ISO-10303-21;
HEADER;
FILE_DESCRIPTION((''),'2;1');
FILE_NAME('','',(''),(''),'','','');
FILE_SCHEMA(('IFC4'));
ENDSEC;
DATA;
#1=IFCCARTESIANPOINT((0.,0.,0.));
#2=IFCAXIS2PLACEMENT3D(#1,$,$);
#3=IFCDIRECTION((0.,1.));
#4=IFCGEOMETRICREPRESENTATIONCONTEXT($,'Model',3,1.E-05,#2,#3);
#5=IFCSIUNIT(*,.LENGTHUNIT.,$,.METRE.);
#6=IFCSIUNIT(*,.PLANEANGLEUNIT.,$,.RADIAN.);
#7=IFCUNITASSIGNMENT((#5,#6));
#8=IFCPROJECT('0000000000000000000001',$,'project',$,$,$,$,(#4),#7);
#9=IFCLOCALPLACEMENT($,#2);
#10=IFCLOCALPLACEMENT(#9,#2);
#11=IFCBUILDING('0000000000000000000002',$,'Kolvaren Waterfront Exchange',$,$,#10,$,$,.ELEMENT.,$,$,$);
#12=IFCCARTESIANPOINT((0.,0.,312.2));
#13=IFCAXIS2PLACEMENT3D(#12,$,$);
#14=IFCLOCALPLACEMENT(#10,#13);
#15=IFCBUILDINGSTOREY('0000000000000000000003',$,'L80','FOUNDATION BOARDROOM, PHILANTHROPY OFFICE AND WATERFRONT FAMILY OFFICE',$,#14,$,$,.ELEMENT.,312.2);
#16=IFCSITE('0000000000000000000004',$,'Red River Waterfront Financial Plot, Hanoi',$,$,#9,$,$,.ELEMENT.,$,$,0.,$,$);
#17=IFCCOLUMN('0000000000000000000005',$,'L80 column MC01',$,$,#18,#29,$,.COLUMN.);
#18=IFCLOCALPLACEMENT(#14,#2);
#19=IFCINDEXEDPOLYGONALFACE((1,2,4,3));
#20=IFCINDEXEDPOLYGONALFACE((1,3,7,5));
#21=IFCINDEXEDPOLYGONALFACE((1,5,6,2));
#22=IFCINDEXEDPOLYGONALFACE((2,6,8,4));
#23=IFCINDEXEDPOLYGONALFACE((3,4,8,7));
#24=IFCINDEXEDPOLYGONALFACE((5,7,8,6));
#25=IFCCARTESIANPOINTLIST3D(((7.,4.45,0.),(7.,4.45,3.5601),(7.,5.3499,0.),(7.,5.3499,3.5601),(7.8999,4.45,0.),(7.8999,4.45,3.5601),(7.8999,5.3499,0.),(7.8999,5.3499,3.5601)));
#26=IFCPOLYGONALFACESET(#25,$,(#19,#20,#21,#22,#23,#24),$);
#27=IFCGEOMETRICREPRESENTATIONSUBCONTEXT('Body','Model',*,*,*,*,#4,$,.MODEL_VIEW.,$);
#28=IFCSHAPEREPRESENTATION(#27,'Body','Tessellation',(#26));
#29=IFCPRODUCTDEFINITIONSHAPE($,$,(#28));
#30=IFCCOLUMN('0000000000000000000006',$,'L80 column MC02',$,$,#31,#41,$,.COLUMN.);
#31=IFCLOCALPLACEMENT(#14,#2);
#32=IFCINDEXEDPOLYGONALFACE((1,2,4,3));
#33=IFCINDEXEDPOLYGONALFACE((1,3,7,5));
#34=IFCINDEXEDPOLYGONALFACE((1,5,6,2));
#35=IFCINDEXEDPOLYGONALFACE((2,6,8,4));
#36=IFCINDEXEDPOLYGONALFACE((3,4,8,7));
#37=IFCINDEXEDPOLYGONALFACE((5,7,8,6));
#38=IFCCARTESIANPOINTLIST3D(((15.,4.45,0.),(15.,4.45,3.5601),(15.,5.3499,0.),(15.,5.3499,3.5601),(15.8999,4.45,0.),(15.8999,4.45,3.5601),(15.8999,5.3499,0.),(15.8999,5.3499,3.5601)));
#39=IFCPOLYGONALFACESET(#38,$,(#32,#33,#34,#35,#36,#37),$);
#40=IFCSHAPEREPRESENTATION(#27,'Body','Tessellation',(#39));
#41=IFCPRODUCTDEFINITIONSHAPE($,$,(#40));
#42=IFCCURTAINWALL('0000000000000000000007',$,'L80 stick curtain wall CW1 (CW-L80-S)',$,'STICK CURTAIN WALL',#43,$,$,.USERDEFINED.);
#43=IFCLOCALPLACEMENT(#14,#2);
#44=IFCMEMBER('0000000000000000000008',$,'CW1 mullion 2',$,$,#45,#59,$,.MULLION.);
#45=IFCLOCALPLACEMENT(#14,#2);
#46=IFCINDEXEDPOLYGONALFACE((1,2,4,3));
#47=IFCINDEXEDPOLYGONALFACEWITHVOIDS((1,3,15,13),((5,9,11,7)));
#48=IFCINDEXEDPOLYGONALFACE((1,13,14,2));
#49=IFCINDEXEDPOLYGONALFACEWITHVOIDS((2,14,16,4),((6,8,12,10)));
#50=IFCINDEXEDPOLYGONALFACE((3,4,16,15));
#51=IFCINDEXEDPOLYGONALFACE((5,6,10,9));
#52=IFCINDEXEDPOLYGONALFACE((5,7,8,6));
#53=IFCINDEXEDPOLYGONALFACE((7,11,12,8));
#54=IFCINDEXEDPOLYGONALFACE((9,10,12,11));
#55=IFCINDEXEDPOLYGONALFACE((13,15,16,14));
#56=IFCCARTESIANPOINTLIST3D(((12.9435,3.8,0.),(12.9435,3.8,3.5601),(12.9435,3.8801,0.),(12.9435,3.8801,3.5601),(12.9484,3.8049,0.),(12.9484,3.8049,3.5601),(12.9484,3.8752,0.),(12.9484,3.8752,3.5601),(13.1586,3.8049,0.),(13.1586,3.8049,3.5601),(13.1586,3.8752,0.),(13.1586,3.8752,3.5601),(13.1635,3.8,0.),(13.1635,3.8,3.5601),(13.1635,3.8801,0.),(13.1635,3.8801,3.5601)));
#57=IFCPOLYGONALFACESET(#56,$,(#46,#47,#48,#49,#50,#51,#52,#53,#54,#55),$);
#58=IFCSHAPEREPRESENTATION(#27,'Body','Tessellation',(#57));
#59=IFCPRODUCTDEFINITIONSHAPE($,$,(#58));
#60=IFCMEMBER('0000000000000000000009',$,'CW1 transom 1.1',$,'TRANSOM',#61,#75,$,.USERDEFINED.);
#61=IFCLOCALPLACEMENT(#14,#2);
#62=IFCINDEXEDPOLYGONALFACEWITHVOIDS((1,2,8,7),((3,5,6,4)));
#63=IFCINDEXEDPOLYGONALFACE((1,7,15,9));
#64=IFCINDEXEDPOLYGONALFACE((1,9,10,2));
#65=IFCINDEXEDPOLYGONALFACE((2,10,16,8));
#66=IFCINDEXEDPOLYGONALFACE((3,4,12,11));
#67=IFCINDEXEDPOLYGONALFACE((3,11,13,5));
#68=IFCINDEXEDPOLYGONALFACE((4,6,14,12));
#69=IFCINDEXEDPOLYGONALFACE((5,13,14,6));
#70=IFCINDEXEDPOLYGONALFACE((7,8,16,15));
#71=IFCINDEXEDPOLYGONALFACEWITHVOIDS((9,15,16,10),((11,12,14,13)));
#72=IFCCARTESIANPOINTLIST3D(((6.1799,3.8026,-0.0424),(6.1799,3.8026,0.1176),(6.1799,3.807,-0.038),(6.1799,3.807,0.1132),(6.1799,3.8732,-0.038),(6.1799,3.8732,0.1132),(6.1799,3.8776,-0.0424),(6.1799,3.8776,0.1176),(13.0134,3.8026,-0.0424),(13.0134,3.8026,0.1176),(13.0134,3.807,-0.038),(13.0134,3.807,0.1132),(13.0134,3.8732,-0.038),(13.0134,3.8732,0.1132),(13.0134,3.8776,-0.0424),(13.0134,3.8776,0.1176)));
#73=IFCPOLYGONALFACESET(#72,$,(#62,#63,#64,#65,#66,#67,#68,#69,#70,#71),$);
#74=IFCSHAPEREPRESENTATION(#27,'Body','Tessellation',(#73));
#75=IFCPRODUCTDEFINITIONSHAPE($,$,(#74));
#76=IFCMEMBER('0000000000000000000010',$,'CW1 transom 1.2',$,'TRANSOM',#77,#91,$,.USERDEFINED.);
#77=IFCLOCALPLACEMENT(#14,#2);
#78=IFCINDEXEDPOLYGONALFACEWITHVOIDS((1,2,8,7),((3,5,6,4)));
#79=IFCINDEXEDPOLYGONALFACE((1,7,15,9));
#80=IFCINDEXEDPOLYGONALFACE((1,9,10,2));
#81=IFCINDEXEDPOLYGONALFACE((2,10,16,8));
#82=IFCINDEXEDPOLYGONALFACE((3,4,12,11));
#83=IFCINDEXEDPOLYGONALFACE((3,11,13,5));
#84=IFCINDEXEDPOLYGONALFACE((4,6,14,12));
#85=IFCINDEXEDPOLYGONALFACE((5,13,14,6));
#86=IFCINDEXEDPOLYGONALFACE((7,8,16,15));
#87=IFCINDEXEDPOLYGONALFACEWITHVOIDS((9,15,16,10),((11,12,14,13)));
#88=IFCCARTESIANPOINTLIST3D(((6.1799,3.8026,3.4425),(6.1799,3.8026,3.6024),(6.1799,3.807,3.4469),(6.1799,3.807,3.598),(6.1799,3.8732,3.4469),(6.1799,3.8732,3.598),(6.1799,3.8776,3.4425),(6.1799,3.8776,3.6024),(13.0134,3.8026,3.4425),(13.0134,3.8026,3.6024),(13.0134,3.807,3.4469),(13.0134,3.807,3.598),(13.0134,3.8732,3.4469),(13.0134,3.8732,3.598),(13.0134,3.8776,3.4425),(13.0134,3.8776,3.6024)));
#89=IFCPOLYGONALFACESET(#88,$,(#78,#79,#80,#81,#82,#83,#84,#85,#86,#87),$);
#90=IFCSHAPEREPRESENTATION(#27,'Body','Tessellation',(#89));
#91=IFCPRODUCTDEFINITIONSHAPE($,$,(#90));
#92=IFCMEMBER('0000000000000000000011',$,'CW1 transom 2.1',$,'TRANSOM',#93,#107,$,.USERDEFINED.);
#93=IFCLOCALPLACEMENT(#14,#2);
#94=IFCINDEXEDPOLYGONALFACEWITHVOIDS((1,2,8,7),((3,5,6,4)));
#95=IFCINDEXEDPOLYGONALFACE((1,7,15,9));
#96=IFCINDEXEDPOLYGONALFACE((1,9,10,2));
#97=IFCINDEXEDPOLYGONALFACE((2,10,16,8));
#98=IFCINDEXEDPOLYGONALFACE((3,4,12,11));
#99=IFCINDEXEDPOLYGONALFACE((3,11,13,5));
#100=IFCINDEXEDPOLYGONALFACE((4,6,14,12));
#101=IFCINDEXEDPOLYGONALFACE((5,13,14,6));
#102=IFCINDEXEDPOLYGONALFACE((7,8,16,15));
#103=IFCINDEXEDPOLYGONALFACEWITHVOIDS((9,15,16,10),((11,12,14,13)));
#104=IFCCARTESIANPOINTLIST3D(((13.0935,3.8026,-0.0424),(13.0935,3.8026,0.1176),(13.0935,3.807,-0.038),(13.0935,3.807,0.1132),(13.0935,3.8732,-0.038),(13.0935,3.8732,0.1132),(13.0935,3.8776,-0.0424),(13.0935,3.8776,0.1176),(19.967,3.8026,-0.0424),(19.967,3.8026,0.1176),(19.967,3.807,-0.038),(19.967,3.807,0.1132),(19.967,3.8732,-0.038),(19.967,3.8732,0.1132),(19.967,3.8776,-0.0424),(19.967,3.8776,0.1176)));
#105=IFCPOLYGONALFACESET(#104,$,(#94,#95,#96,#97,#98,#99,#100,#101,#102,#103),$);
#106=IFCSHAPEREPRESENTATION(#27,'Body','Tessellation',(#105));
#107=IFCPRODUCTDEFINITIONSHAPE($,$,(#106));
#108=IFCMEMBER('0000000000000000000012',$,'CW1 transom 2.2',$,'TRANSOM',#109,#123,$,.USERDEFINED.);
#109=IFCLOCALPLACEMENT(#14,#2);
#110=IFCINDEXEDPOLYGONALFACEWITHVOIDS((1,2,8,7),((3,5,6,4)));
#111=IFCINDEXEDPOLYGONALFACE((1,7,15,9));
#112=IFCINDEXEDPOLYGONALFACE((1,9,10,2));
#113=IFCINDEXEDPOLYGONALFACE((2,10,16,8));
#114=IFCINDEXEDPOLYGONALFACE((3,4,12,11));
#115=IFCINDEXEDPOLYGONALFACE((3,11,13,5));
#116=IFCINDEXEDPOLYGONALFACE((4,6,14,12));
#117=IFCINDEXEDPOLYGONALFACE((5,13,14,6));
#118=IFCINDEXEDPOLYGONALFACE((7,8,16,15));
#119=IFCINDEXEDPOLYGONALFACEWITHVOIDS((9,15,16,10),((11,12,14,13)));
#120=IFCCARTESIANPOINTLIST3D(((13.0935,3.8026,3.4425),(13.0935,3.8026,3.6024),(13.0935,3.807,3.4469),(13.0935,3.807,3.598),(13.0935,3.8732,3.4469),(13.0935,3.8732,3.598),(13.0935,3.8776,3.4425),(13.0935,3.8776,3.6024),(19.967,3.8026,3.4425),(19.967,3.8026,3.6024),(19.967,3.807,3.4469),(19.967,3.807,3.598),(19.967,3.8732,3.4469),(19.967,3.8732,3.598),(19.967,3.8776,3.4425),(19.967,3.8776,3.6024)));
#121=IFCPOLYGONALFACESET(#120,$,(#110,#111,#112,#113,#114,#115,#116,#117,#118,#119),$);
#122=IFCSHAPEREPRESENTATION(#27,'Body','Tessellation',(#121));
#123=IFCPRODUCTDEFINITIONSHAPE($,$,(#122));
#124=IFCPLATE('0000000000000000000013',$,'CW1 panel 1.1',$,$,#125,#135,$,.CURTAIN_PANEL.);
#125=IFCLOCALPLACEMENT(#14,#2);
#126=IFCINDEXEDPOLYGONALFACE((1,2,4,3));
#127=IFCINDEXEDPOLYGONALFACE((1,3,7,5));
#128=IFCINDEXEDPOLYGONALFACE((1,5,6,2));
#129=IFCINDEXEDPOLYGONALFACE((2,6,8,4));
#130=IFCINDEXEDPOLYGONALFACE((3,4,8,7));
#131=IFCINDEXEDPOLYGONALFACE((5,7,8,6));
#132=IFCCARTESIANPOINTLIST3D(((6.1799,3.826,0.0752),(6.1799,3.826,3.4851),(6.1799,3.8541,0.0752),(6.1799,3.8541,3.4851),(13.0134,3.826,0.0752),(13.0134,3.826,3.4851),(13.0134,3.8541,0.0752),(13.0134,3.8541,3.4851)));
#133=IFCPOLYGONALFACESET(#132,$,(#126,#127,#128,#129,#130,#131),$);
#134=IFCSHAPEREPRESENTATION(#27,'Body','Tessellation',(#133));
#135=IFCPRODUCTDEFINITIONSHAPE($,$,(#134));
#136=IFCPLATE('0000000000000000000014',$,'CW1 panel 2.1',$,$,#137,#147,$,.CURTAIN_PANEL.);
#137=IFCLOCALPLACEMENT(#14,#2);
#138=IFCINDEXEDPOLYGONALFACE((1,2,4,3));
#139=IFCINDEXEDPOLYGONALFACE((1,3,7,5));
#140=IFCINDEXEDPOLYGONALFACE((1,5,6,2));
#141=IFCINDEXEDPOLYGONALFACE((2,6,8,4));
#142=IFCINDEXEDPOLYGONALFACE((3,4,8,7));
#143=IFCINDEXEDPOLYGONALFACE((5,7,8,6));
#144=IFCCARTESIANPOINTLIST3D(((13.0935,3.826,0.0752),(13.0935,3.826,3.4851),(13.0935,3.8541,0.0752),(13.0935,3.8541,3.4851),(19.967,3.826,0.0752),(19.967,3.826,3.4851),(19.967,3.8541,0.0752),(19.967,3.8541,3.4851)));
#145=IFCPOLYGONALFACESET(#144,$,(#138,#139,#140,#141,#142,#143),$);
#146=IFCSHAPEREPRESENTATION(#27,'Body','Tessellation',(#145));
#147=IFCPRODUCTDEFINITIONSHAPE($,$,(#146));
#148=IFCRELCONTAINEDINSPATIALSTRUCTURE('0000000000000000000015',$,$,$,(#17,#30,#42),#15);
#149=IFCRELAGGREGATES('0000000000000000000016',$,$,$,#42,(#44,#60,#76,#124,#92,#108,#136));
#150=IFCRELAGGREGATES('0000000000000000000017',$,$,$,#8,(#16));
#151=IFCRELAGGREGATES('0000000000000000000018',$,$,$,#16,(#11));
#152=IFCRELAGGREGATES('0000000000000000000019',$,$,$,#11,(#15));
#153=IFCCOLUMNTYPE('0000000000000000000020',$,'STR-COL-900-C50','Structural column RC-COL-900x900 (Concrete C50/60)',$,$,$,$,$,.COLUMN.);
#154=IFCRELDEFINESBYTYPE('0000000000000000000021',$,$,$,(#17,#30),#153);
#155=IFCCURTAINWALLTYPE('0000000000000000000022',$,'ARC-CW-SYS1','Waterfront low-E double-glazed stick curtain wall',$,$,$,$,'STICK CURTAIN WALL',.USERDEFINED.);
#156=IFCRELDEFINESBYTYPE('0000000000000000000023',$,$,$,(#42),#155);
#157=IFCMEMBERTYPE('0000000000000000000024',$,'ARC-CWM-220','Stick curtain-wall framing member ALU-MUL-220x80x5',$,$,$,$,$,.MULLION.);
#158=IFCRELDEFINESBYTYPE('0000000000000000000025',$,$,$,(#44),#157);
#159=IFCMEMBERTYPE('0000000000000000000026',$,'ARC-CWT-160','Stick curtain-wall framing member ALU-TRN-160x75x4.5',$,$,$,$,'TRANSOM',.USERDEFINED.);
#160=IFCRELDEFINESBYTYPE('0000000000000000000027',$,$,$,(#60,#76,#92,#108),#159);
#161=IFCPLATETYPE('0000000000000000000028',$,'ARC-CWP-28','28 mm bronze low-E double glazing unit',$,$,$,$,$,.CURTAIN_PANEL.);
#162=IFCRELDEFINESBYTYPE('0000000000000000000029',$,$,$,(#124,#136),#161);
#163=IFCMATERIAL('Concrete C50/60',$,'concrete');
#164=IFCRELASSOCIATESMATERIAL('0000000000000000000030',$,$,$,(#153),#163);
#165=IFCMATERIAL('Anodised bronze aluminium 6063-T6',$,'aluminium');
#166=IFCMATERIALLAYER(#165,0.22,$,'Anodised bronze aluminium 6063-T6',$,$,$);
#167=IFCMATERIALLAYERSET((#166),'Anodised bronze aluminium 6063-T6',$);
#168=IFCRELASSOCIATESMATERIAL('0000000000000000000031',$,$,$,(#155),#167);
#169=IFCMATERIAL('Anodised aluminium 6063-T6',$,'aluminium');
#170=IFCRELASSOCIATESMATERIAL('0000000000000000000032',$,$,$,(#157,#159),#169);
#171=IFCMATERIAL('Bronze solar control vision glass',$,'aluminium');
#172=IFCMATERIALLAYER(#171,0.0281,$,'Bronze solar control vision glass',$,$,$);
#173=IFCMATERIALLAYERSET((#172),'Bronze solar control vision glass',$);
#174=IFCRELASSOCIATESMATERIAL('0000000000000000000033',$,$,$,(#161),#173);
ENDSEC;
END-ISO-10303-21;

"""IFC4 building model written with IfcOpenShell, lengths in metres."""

from ifc_helpers import new_model, si_unit, direction, frame, origin, origin_with_axes, origin_2d, place, context, subcontext, project, spatial, rectangle, hollow_rectangle, extrude, source, transform, mapped, material, layer, layer_set, material_profile, profile_set, type_object, element, aggregate, save


model = new_model("IFC4")

# Units and contexts
model_context = context("Model", 3, precision=1e-05, world=origin(), true_north=direction((0.0, 1.0)))
body_context = subcontext(model_context, "Body", "Model", "MODEL_VIEW")
ifc_project = project(units=[si_unit("LENGTHUNIT", "METRE"), si_unit("PLANEANGLEUNIT", "RADIAN")], contexts=[model_context])

# Site, building, storey
site_placement = place(None, origin())
site = spatial("IfcSite", under=ifc_project, at=site_placement, Name="Red River Waterfront Financial Plot, Hanoi", CompositionType="ELEMENT", RefElevation=0.0)
building_placement = place(site_placement, origin())
building = spatial("IfcBuilding", under=site, at=building_placement, Name="Kolvaren Waterfront Exchange", CompositionType="ELEMENT")
storey_placement = place(building_placement, frame((0.0, 0.0, 312.2)))
storey = spatial("IfcBuildingStorey", under=building, at=storey_placement, Name="L80", Description="FOUNDATION BOARDROOM, PHILANTHROPY OFFICE AND WATERFRONT FAMILY OFFICE", CompositionType="ELEMENT", Elevation=312.2)

# Columns
ifc_material_1 = material(Name="Concrete C50/60", Category="concrete")
ifc_material_profile_1 = material_profile(ifc_material_1, rectangle(XDim=0.8999, YDim=0.8999, at=origin_2d()), Name="RC-COL-900x900")
ifc_profile_set_1 = profile_set([ifc_material_profile_1], Name="Concrete C50/60")
column_type = type_object("IfcColumnType", Name="STR-COL-900-C50", Description="Structural column RC-COL-900x900 (Concrete C50/60)", PredefinedType="COLUMN", material=ifc_profile_set_1)
for number, where, z_axis, x_axis, name in (
    (1, (7.45, 4.8999, 0.0), (0.0, 0.0, 1.0), (1.0, 0.0, 0.0), "L80 column MC01"),
    (2, (15.45, 4.8999, 0.0), (0.0, 0.0, 1.0), (1.0, 0.0, 0.0), "L80 column MC02"),
):
    element("IfcColumn", number, at=place(storey_placement, frame(where, z_axis=z_axis, x_axis=x_axis)), inside=storey, type_object=column_type, Name=name, PredefinedType="COLUMN", context=body_context, shape_type="SweptSolid", body=[
        extrude(rectangle(XDim=0.8999, YDim=0.8999, at=origin_2d()), origin(), (0.0, 0.0, 1.0), 3.5601),
    ])

# Curtain wall, members, plates
ifc_material_2 = material(Name="Anodised bronze aluminium 6063-T6", Category="aluminium")
ifc_layer_1 = layer(ifc_material_2, 0.22, Name="Anodised bronze aluminium 6063-T6")
ifc_layer_set_1 = layer_set([ifc_layer_1], Name="Anodised bronze aluminium 6063-T6")
curtain_wall_type = type_object("IfcCurtainWallType", Name="ARC-CW-SYS1", Description="Waterfront low-E double-glazed stick curtain wall", ElementType="STICK CURTAIN WALL", PredefinedType="USERDEFINED", material=ifc_layer_set_1)
curtain_wall_placement = place(storey_placement, origin())
curtain_wall = element("IfcCurtainWall", 3, at=curtain_wall_placement, inside=storey, type_object=curtain_wall_type, Name="L80 stick curtain wall CW1 (CW-L80-S)", ObjectType="STICK CURTAIN WALL", PredefinedType="USERDEFINED")
ifc_material_3 = material(Name="Anodised aluminium 6063-T6", Category="aluminium")
ifc_material_profile_2 = material_profile(ifc_material_3, hollow_rectangle(XDim=0.0801, YDim=0.22, WallThickness=0.0049, at=origin_2d()), Name="ALU-MUL-220x80x5")
ifc_profile_set_2 = profile_set([ifc_material_profile_2], Name="Anodised aluminium 6063-T6")
member_type_1 = type_object("IfcMemberType", Name="ARC-CWM-220", Description="Stick curtain-wall framing member ALU-MUL-220x80x5", PredefinedType="MULLION", material=ifc_profile_set_2)
shared_shape_1 = source(origin_with_axes(), body_context, "Body", "SweptSolid", [
    extrude(hollow_rectangle(XDim=0.0801, YDim=0.22, WallThickness=0.0049, at=origin_2d()), origin(), (0.0, 0.0, 1.0), 3.5601),
])
member_1_placement = place(storey_placement, frame((13.0535, 3.8401, 0.0), z_axis=(0.0, 0.0, 1.0), x_axis=(0.0, 1.0, 0.0)))
member_1 = element("IfcMember", 4, at=member_1_placement, type_object=member_type_1, Name="CW1 mullion 2", PredefinedType="MULLION", context=body_context, shape_type="MappedRepresentation", body=[
    mapped(shared_shape_1, transform((0.0, 0.0, 0.0), x_axis=(1.0, 0.0, 0.0), y_axis=(0.0, 1.0, 0.0), z_axis=(0.0, 0.0, 1.0), scale=1.0)),
])
ifc_material_profile_3 = material_profile(ifc_material_3, hollow_rectangle(XDim=0.075, YDim=0.1599, WallThickness=0.0044, at=origin_2d()), Name="ALU-TRN-160x75x4.5")
ifc_profile_set_3 = profile_set([ifc_material_profile_3], Name="Anodised aluminium 6063-T6")
member_type_2 = type_object("IfcMemberType", Name="ARC-CWT-160", Description="Stick curtain-wall framing member ALU-TRN-160x75x4.5", ElementType="TRANSOM", PredefinedType="USERDEFINED", material=ifc_profile_set_3)
shared_shape_2 = source(origin_with_axes(), body_context, "Body", "SweptSolid", [
    extrude(hollow_rectangle(XDim=0.075, YDim=0.1599, WallThickness=0.0044, at=origin_2d()), origin(), (0.0, 0.0, 1.0), 6.8335),
])
member_2_placement = place(storey_placement, frame((6.1799, 3.8401, 0.0376), z_axis=(1.0, 0.0, 0.0), x_axis=(0.0, 1.0, 0.0)))
member_2 = element("IfcMember", 5, at=member_2_placement, type_object=member_type_2, Name="CW1 transom 1.1", ObjectType="TRANSOM", PredefinedType="USERDEFINED", context=body_context, shape_type="MappedRepresentation", body=[
    mapped(shared_shape_2, transform((0.0, 0.0, 0.0), x_axis=(1.0, 0.0, 0.0), y_axis=(0.0, 1.0, 0.0), z_axis=(0.0, 0.0, 1.0), scale=1.0)),
])
member_3_placement = place(storey_placement, frame((6.1799, 3.8401, 3.5225), z_axis=(1.0, 0.0, 0.0), x_axis=(0.0, 1.0, 0.0)))
member_3 = element("IfcMember", 6, at=member_3_placement, type_object=member_type_2, Name="CW1 transom 1.2", ObjectType="TRANSOM", PredefinedType="USERDEFINED", context=body_context, shape_type="MappedRepresentation", body=[
    mapped(shared_shape_2, transform((0.0, 0.0, 0.0), x_axis=(1.0, 0.0, 0.0), y_axis=(0.0, 1.0, 0.0), z_axis=(0.0, 0.0, 1.0), scale=1.0)),
])
shared_shape_3 = source(origin_with_axes(), body_context, "Body", "SweptSolid", [
    extrude(hollow_rectangle(XDim=0.075, YDim=0.1599, WallThickness=0.0044, at=origin_2d()), origin(), (0.0, 0.0, 1.0), 6.8735),
])
member_4_placement = place(storey_placement, frame((13.0935, 3.8401, 0.0376), z_axis=(1.0, 0.0, 0.0), x_axis=(0.0, 1.0, 0.0)))
member_4 = element("IfcMember", 7, at=member_4_placement, type_object=member_type_2, Name="CW1 transom 2.1", ObjectType="TRANSOM", PredefinedType="USERDEFINED", context=body_context, shape_type="MappedRepresentation", body=[
    mapped(shared_shape_3, transform((0.0, 0.0, 0.0), x_axis=(1.0, 0.0, 0.0), y_axis=(0.0, 1.0, 0.0), z_axis=(0.0, 0.0, 1.0), scale=1.0)),
])
member_5_placement = place(storey_placement, frame((13.0935, 3.8401, 3.5225), z_axis=(1.0, 0.0, 0.0), x_axis=(0.0, 1.0, 0.0)))
member_5 = element("IfcMember", 8, at=member_5_placement, type_object=member_type_2, Name="CW1 transom 2.2", ObjectType="TRANSOM", PredefinedType="USERDEFINED", context=body_context, shape_type="MappedRepresentation", body=[
    mapped(shared_shape_3, transform((0.0, 0.0, 0.0), x_axis=(1.0, 0.0, 0.0), y_axis=(0.0, 1.0, 0.0), z_axis=(0.0, 0.0, 1.0), scale=1.0)),
])
ifc_material_4 = material(Name="Bronze solar control vision glass", Category="aluminium")
ifc_layer_2 = layer(ifc_material_4, 0.0281, Name="Bronze solar control vision glass")
ifc_layer_set_2 = layer_set([ifc_layer_2], Name="Bronze solar control vision glass")
plate_type = type_object("IfcPlateType", Name="ARC-CWP-28", Description="28 mm bronze low-E double glazing unit", PredefinedType="CURTAIN_PANEL", material=ifc_layer_set_2)
shared_shape_4 = source(origin_with_axes(), body_context, "Body", "SweptSolid", [
    extrude(rectangle(XDim=6.8335, YDim=0.0281, at=origin_2d()), origin(), (0.0, 0.0, 1.0), 3.4099),
])
plate_1_placement = place(storey_placement, frame((9.5967, 3.8401, 0.0752), z_axis=(0.0, 0.0, 1.0), x_axis=(1.0, 0.0, 0.0)))
plate_1 = element("IfcPlate", 9, at=plate_1_placement, type_object=plate_type, Name="CW1 panel 1.1", PredefinedType="CURTAIN_PANEL", context=body_context, shape_type="MappedRepresentation", body=[
    mapped(shared_shape_4, transform((0.0, 0.0, 0.0), x_axis=(1.0, 0.0, 0.0), y_axis=(0.0, 1.0, 0.0), z_axis=(0.0, 0.0, 1.0), scale=1.0)),
])
shared_shape_5 = source(origin_with_axes(), body_context, "Body", "SweptSolid", [
    extrude(rectangle(XDim=6.8735, YDim=0.0281, at=origin_2d()), origin(), (0.0, 0.0, 1.0), 3.4099),
])
plate_2_placement = place(storey_placement, frame((16.5303, 3.8401, 0.0752), z_axis=(0.0, 0.0, 1.0), x_axis=(1.0, 0.0, 0.0)))
plate_2 = element("IfcPlate", 10, at=plate_2_placement, type_object=plate_type, Name="CW1 panel 2.1", PredefinedType="CURTAIN_PANEL", context=body_context, shape_type="MappedRepresentation", body=[
    mapped(shared_shape_5, transform((0.0, 0.0, 0.0), x_axis=(1.0, 0.0, 0.0), y_axis=(0.0, 1.0, 0.0), z_axis=(0.0, 0.0, 1.0), scale=1.0)),
])
aggregate(curtain_wall, [member_1, member_2, member_3, plate_1, member_4, member_5, plate_2])

save(model, "model.ifc")
